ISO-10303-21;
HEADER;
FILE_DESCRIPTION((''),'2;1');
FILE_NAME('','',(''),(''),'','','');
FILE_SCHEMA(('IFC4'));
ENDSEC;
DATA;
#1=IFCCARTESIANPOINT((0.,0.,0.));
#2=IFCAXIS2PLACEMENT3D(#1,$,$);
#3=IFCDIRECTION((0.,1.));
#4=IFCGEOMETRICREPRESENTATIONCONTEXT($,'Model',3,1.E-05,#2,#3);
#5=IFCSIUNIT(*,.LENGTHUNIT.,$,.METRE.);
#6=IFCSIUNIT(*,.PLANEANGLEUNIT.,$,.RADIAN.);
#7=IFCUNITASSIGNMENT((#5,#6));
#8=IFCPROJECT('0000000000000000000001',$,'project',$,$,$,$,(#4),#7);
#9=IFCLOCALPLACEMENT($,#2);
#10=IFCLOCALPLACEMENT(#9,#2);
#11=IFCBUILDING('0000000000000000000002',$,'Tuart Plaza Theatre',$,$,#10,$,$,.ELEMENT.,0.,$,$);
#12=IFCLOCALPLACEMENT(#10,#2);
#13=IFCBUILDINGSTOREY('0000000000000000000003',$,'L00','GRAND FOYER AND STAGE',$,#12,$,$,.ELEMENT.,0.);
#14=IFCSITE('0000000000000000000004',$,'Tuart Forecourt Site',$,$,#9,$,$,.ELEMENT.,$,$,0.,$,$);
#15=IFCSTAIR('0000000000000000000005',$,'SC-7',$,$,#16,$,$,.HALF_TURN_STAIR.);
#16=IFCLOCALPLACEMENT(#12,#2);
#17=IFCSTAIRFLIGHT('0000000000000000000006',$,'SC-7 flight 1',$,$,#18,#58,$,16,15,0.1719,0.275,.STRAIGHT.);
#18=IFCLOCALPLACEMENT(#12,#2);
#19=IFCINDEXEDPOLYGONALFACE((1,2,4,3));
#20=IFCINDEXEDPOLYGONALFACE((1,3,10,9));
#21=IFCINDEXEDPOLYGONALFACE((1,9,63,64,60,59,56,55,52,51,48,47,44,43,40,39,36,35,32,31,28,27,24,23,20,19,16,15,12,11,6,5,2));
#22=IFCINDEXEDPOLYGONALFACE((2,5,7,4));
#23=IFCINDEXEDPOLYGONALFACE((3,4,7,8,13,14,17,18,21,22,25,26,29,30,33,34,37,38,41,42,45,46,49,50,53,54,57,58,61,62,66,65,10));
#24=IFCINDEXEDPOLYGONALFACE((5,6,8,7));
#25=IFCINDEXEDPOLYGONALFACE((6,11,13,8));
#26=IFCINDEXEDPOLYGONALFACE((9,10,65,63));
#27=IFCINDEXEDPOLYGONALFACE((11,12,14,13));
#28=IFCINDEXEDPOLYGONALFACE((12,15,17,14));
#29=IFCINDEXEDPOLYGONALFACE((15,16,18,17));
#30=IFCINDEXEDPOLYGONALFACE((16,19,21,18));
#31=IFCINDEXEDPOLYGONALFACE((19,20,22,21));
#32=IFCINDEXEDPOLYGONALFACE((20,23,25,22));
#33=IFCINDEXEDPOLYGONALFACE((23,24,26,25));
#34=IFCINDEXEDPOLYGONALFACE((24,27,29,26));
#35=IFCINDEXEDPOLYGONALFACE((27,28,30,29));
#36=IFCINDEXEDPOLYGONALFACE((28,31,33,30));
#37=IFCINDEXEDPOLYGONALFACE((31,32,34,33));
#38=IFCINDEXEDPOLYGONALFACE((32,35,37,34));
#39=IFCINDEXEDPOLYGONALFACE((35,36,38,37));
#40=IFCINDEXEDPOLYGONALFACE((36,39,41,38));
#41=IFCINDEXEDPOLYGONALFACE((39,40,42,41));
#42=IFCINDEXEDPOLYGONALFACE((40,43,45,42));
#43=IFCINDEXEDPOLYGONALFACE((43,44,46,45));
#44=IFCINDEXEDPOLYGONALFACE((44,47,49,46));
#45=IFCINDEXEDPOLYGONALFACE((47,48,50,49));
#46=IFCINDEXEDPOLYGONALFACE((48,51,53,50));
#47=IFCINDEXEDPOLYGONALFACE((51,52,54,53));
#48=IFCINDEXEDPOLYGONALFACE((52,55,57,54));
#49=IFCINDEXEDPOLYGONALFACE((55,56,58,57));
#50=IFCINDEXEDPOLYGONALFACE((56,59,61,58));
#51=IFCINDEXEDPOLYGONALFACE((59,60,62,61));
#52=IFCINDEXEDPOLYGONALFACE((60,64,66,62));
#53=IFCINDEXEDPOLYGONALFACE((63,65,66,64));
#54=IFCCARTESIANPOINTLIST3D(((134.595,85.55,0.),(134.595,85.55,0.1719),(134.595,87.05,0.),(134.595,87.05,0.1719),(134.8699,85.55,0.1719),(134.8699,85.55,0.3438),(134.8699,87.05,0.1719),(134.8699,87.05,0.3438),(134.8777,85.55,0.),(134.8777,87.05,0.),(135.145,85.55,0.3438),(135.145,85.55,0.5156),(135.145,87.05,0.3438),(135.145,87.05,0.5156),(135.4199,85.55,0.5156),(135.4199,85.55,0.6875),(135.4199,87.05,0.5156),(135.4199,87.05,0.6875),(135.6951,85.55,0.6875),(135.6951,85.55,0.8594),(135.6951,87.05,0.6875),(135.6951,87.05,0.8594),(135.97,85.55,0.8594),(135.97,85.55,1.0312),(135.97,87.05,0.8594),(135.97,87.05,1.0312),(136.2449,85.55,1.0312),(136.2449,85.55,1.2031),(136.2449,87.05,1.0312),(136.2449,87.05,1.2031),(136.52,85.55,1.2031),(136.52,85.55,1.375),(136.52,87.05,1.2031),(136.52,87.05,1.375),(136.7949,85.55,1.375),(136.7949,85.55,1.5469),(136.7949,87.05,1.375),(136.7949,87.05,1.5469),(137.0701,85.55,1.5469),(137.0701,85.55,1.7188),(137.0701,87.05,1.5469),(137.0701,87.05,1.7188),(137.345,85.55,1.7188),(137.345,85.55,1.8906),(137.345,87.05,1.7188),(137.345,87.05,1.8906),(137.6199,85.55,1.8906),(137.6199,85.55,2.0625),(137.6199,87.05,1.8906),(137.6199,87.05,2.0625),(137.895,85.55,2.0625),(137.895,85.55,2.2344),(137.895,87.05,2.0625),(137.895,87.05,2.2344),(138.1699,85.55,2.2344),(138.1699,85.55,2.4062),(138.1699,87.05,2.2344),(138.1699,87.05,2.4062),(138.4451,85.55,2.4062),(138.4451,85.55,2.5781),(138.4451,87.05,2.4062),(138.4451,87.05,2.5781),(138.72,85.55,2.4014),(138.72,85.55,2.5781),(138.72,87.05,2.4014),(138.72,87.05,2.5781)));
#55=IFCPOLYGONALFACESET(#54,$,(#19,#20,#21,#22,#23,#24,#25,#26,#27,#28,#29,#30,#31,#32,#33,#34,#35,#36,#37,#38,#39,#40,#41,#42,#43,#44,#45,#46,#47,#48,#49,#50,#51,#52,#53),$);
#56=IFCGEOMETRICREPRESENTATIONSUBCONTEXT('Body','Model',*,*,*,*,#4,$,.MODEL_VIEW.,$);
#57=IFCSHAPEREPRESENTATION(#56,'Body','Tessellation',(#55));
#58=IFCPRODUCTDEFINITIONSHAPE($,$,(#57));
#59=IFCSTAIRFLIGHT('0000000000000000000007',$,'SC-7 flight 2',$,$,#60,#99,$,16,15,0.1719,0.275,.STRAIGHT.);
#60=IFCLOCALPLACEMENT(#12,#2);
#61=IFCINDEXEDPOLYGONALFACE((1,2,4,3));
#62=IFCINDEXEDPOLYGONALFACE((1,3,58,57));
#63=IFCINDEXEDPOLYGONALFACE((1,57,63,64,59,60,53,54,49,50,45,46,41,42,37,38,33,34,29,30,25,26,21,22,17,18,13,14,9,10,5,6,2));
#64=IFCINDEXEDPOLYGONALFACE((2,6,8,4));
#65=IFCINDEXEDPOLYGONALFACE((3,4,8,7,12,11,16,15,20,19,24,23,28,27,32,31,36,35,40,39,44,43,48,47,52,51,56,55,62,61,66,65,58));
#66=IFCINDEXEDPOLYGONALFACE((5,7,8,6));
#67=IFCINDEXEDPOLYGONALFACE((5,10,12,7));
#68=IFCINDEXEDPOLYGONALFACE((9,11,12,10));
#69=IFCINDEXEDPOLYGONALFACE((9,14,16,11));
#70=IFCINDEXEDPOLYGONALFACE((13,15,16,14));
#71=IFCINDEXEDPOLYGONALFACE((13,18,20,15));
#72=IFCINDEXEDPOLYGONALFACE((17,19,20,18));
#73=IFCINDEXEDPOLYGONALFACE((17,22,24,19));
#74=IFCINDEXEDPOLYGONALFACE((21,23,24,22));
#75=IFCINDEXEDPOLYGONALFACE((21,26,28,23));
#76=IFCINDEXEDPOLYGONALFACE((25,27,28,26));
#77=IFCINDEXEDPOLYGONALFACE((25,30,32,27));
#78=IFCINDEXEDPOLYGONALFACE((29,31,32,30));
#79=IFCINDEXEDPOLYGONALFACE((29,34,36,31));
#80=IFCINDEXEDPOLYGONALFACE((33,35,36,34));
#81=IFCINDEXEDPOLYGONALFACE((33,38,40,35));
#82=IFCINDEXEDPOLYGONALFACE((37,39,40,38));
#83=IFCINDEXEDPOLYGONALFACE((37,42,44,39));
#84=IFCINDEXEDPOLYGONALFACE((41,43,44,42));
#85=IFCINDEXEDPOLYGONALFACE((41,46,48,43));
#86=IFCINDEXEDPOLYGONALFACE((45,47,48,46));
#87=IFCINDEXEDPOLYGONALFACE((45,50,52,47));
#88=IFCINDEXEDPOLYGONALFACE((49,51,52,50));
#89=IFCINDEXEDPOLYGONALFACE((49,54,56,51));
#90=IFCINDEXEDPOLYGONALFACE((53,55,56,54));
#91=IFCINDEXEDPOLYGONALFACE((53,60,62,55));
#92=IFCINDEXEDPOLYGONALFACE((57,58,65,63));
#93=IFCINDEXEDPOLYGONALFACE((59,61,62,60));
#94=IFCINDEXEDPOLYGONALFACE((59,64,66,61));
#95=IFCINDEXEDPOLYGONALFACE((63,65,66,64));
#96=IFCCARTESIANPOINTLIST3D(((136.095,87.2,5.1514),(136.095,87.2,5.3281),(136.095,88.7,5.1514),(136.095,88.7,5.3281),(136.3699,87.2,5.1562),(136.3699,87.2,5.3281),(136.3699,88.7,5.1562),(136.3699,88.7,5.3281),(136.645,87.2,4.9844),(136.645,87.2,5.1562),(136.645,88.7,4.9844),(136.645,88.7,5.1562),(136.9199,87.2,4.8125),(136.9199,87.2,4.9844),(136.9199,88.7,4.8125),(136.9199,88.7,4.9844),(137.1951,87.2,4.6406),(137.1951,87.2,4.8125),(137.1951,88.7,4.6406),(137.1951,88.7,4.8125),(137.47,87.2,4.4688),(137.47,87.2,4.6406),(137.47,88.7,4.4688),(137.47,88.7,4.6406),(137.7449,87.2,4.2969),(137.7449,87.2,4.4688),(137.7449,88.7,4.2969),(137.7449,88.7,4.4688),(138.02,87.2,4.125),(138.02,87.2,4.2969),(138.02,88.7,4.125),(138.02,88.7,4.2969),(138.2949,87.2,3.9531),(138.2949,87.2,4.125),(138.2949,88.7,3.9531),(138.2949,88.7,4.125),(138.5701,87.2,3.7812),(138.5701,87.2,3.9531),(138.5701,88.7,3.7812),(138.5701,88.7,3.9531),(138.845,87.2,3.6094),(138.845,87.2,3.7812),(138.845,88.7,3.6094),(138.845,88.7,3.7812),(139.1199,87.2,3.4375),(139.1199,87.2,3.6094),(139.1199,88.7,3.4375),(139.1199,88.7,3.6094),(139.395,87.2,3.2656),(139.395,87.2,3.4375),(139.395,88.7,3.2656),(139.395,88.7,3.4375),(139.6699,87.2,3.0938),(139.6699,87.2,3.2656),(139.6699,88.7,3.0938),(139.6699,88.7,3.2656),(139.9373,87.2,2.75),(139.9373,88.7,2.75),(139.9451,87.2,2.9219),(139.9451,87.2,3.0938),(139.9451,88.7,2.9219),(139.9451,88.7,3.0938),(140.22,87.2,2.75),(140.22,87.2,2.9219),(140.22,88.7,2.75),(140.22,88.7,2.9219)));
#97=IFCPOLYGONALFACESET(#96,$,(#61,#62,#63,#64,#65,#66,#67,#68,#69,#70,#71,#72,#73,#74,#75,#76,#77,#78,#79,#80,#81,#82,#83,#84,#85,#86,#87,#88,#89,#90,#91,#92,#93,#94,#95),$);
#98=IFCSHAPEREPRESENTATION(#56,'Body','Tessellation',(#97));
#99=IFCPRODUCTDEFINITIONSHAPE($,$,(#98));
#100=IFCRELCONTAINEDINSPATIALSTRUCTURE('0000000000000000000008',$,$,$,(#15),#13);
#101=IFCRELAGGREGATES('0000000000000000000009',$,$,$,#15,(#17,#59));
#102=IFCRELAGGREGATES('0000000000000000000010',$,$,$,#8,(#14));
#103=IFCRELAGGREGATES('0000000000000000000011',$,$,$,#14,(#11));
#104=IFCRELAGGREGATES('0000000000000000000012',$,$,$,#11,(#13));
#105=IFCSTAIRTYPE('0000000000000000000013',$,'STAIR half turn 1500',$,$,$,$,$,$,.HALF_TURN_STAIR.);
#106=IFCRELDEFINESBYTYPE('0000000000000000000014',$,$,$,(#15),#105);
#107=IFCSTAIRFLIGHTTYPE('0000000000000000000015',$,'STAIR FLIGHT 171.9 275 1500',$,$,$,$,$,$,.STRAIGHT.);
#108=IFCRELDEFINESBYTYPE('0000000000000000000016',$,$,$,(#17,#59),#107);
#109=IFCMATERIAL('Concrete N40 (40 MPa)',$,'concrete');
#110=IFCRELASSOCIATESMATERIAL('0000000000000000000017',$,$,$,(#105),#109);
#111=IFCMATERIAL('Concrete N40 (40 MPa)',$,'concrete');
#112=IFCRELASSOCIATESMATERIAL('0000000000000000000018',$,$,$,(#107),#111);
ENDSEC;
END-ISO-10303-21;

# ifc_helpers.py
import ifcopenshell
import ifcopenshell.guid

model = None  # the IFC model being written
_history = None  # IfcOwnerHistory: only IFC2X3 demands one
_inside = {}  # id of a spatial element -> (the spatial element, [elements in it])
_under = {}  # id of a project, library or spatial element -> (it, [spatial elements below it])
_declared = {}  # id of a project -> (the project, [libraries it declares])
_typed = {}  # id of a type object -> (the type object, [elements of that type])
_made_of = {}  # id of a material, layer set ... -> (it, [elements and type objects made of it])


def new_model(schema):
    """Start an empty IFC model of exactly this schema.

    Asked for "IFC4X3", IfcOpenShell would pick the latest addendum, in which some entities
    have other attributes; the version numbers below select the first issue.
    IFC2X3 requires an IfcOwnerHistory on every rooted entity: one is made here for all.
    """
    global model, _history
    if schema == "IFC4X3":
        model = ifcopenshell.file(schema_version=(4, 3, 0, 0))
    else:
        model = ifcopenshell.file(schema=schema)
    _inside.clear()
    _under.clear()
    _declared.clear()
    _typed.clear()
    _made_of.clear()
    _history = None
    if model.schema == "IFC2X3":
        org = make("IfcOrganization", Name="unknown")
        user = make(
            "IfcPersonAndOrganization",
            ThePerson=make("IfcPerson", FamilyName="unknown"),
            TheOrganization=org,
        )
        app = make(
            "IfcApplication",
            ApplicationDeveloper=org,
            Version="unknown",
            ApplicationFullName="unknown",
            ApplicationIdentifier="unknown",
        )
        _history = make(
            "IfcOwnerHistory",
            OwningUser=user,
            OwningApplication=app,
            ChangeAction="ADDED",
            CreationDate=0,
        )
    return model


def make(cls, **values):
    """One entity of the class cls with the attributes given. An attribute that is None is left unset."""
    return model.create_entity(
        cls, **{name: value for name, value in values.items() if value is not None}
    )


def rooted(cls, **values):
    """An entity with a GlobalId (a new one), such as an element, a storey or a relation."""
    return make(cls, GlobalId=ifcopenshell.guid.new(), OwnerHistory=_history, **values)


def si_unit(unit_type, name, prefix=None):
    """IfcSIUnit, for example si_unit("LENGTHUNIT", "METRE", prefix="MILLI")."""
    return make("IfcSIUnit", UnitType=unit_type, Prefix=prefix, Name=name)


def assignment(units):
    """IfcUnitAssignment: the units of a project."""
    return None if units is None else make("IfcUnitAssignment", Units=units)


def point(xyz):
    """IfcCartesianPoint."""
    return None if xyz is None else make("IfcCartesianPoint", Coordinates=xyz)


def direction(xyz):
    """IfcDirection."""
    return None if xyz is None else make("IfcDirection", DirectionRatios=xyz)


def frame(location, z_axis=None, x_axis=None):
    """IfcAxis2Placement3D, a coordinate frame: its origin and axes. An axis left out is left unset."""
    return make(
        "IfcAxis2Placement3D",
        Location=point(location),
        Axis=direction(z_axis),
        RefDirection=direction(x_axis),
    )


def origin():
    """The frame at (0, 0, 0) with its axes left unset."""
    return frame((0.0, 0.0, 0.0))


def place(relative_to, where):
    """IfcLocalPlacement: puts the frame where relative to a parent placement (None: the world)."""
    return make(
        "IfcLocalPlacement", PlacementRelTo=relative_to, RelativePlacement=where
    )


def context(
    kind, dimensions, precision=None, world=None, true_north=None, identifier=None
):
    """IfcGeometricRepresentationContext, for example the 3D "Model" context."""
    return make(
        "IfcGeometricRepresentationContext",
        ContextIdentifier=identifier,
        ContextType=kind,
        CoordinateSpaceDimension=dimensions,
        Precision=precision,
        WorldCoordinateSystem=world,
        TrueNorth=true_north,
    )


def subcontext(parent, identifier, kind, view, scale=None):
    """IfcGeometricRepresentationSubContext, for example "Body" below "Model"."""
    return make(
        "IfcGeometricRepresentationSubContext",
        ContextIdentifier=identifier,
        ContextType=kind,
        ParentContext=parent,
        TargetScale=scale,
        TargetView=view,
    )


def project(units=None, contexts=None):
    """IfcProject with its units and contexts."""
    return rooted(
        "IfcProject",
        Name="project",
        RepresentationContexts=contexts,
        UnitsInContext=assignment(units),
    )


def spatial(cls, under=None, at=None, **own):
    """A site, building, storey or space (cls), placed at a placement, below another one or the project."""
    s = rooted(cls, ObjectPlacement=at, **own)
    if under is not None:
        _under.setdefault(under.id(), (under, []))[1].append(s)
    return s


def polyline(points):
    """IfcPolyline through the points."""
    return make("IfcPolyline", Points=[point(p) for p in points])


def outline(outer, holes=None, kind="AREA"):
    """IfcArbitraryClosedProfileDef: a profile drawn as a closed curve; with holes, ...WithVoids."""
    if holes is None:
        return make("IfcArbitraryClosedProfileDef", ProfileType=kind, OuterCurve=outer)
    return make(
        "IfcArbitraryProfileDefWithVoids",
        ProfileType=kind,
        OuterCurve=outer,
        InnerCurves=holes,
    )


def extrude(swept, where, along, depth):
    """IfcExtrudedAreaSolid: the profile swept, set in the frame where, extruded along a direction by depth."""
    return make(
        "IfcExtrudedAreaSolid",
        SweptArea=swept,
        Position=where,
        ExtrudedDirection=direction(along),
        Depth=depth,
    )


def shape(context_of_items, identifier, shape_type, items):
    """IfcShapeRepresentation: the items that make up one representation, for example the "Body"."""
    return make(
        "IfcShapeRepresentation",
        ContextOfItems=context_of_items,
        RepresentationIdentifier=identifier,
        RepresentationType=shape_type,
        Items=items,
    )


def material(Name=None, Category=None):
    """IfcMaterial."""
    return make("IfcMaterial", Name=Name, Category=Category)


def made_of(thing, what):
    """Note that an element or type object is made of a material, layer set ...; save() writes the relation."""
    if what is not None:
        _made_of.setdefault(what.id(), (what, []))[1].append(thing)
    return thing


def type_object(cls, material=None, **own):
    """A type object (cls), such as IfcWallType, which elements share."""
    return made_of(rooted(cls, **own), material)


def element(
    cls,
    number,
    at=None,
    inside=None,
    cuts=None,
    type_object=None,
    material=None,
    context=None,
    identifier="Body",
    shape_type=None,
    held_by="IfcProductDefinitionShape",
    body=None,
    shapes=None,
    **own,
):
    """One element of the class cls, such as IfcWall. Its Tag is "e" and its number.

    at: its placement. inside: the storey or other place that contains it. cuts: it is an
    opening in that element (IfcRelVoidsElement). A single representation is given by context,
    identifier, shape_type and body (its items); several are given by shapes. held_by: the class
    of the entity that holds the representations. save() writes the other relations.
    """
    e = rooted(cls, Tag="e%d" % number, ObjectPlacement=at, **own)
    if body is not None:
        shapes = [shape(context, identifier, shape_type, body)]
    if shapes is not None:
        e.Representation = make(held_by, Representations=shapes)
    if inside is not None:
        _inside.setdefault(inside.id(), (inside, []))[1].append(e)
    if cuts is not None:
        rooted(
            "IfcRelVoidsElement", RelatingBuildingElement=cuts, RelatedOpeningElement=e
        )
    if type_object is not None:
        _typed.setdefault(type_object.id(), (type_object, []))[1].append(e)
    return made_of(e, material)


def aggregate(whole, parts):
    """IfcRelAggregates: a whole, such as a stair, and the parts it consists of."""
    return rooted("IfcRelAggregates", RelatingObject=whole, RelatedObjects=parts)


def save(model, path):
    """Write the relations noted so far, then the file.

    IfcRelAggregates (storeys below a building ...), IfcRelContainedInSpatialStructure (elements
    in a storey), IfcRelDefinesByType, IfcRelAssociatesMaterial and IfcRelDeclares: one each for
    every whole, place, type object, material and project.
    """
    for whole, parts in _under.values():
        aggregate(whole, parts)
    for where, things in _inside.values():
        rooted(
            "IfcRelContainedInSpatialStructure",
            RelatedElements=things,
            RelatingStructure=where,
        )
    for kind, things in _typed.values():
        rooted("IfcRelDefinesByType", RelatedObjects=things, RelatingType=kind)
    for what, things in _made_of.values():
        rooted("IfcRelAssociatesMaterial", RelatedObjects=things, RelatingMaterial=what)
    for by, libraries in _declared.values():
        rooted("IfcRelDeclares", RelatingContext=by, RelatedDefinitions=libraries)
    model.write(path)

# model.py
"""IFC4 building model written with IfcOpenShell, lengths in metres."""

from ifc_helpers import new_model, si_unit, direction, frame, origin, place, context, subcontext, project, spatial, polyline, outline, extrude, material, type_object, element, aggregate, save


model = new_model("IFC4")

# Units and contexts
model_context = context("Model", 3, precision=1e-05, world=origin(), true_north=direction((0.0, 1.0)))
body_context = subcontext(model_context, "Body", "Model", "MODEL_VIEW")
ifc_project = project(units=[si_unit("LENGTHUNIT", "METRE"), si_unit("PLANEANGLEUNIT", "RADIAN")], contexts=[model_context])

# Site, building, storey
site_placement = place(None, origin())
site = spatial("IfcSite", under=ifc_project, at=site_placement, Name="Tuart Forecourt Site", CompositionType="ELEMENT", RefElevation=0.0)
building_placement = place(site_placement, origin())
building = spatial("IfcBuilding", under=site, at=building_placement, Name="Tuart Plaza Theatre", CompositionType="ELEMENT", ElevationOfRefHeight=0.0)
storey_placement = place(building_placement, origin())
storey = spatial("IfcBuildingStorey", under=building, at=storey_placement, Name="L00", Description="GRAND FOYER AND STAGE", CompositionType="ELEMENT", Elevation=0.0)

# Stair, stair flights
ifc_material_1 = material(Name="Concrete N40 (40 MPa)", Category="concrete")
stair_type = type_object("IfcStairType", Name="STAIR half turn 1500", PredefinedType="HALF_TURN_STAIR", material=ifc_material_1)
stair_placement = place(storey_placement, origin())
stair = element("IfcStair", 1, at=stair_placement, inside=storey, type_object=stair_type, Name="SC-7", PredefinedType="HALF_TURN_STAIR")
ifc_material_2 = material(Name="Concrete N40 (40 MPa)", Category="concrete")
stair_flight_type = type_object("IfcStairFlightType", Name="STAIR FLIGHT 171.9 275 1500", PredefinedType="STRAIGHT", material=ifc_material_2)
stair_flight_1_placement = place(storey_placement, frame((134.595, 86.3, 0.0), z_axis=(0.0, 0.0, 1.0), x_axis=(1.0, 0.0, 0.0)))
stair_flight_1 = element("IfcStairFlight", 2, at=stair_flight_1_placement, type_object=stair_flight_type, Name="SC-7 flight 1", NumberOfRisers=16, NumberOfTreads=15, PredefinedType="STRAIGHT", RiserHeight=0.1719, TreadLength=0.275, context=body_context, shape_type="SweptSolid", body=[
    extrude(outline(polyline([(0.0, 0.0), (0.0, 0.1719), (0.2749, 0.1719), (0.2749, 0.3438), (0.55, 0.3438), (0.55, 0.5156), (0.825, 0.5156), (0.825, 0.6875), (1.1001, 0.6875), (1.1001, 0.8594), (1.375, 0.8594), (1.375, 1.0312), (1.6499, 1.0312), (1.6499, 1.2031), (1.925, 1.2031), (1.925, 1.375), (2.2, 1.375), (2.2, 1.5469), (2.4751, 1.5469), (2.4751, 1.7188), (2.75, 1.7188), (2.75, 1.8906), (3.0249, 1.8906), (3.0249, 2.0625), (3.3, 2.0625), (3.3, 2.2344), (3.575, 2.2344), (3.575, 2.4062), (3.8501, 2.4062), (3.8501, 2.5781), (4.125, 2.5781), (4.125, 2.75), (4.125, 2.4014), (0.2827, 0.0), (0.0, 0.0)])), frame((0.0, 0.75, 0.0), z_axis=(0.0, -1.0, 0.0), x_axis=(1.0, 0.0, 0.0)), (0.0, 0.0, 1.0), 1.5),
])
stair_flight_2_placement = place(storey_placement, frame((140.22, 87.95, 2.75), z_axis=(0.0, 0.0, 1.0), x_axis=(-1.0, 0.0, 0.0)))
stair_flight_2 = element("IfcStairFlight", 3, at=stair_flight_2_placement, type_object=stair_flight_type, Name="SC-7 flight 2", NumberOfRisers=16, NumberOfTreads=15, PredefinedType="STRAIGHT", RiserHeight=0.1719, TreadLength=0.275, context=body_context, shape_type="SweptSolid", body=[
    extrude(outline(polyline([(0.0, 0.0), (0.0, 0.1719), (0.2749, 0.1719), (0.2749, 0.3438), (0.55, 0.3438), (0.55, 0.5156), (0.825, 0.5156), (0.825, 0.6875), (1.1001, 0.6875), (1.1001, 0.8594), (1.375, 0.8594), (1.375, 1.0312), (1.6499, 1.0312), (1.6499, 1.2031), (1.925, 1.2031), (1.925, 1.375), (2.2, 1.375), (2.2, 1.5469), (2.4751, 1.5469), (2.4751, 1.7188), (2.75, 1.7188), (2.75, 1.8906), (3.0249, 1.8906), (3.0249, 2.0625), (3.3, 2.0625), (3.3, 2.2344), (3.575, 2.2344), (3.575, 2.4062), (3.8501, 2.4062), (3.8501, 2.5781), (4.125, 2.5781), (4.125, 2.75), (4.125, 2.4014), (0.2827, 0.0), (0.0, 0.0)])), frame((0.0, 0.75, 0.0), z_axis=(0.0, -1.0, 0.0), x_axis=(1.0, 0.0, 0.0)), (0.0, 0.0, 1.0), 1.5),
])
aggregate(stair, [stair_flight_1, stair_flight_2])

save(model, "model.ifc")
